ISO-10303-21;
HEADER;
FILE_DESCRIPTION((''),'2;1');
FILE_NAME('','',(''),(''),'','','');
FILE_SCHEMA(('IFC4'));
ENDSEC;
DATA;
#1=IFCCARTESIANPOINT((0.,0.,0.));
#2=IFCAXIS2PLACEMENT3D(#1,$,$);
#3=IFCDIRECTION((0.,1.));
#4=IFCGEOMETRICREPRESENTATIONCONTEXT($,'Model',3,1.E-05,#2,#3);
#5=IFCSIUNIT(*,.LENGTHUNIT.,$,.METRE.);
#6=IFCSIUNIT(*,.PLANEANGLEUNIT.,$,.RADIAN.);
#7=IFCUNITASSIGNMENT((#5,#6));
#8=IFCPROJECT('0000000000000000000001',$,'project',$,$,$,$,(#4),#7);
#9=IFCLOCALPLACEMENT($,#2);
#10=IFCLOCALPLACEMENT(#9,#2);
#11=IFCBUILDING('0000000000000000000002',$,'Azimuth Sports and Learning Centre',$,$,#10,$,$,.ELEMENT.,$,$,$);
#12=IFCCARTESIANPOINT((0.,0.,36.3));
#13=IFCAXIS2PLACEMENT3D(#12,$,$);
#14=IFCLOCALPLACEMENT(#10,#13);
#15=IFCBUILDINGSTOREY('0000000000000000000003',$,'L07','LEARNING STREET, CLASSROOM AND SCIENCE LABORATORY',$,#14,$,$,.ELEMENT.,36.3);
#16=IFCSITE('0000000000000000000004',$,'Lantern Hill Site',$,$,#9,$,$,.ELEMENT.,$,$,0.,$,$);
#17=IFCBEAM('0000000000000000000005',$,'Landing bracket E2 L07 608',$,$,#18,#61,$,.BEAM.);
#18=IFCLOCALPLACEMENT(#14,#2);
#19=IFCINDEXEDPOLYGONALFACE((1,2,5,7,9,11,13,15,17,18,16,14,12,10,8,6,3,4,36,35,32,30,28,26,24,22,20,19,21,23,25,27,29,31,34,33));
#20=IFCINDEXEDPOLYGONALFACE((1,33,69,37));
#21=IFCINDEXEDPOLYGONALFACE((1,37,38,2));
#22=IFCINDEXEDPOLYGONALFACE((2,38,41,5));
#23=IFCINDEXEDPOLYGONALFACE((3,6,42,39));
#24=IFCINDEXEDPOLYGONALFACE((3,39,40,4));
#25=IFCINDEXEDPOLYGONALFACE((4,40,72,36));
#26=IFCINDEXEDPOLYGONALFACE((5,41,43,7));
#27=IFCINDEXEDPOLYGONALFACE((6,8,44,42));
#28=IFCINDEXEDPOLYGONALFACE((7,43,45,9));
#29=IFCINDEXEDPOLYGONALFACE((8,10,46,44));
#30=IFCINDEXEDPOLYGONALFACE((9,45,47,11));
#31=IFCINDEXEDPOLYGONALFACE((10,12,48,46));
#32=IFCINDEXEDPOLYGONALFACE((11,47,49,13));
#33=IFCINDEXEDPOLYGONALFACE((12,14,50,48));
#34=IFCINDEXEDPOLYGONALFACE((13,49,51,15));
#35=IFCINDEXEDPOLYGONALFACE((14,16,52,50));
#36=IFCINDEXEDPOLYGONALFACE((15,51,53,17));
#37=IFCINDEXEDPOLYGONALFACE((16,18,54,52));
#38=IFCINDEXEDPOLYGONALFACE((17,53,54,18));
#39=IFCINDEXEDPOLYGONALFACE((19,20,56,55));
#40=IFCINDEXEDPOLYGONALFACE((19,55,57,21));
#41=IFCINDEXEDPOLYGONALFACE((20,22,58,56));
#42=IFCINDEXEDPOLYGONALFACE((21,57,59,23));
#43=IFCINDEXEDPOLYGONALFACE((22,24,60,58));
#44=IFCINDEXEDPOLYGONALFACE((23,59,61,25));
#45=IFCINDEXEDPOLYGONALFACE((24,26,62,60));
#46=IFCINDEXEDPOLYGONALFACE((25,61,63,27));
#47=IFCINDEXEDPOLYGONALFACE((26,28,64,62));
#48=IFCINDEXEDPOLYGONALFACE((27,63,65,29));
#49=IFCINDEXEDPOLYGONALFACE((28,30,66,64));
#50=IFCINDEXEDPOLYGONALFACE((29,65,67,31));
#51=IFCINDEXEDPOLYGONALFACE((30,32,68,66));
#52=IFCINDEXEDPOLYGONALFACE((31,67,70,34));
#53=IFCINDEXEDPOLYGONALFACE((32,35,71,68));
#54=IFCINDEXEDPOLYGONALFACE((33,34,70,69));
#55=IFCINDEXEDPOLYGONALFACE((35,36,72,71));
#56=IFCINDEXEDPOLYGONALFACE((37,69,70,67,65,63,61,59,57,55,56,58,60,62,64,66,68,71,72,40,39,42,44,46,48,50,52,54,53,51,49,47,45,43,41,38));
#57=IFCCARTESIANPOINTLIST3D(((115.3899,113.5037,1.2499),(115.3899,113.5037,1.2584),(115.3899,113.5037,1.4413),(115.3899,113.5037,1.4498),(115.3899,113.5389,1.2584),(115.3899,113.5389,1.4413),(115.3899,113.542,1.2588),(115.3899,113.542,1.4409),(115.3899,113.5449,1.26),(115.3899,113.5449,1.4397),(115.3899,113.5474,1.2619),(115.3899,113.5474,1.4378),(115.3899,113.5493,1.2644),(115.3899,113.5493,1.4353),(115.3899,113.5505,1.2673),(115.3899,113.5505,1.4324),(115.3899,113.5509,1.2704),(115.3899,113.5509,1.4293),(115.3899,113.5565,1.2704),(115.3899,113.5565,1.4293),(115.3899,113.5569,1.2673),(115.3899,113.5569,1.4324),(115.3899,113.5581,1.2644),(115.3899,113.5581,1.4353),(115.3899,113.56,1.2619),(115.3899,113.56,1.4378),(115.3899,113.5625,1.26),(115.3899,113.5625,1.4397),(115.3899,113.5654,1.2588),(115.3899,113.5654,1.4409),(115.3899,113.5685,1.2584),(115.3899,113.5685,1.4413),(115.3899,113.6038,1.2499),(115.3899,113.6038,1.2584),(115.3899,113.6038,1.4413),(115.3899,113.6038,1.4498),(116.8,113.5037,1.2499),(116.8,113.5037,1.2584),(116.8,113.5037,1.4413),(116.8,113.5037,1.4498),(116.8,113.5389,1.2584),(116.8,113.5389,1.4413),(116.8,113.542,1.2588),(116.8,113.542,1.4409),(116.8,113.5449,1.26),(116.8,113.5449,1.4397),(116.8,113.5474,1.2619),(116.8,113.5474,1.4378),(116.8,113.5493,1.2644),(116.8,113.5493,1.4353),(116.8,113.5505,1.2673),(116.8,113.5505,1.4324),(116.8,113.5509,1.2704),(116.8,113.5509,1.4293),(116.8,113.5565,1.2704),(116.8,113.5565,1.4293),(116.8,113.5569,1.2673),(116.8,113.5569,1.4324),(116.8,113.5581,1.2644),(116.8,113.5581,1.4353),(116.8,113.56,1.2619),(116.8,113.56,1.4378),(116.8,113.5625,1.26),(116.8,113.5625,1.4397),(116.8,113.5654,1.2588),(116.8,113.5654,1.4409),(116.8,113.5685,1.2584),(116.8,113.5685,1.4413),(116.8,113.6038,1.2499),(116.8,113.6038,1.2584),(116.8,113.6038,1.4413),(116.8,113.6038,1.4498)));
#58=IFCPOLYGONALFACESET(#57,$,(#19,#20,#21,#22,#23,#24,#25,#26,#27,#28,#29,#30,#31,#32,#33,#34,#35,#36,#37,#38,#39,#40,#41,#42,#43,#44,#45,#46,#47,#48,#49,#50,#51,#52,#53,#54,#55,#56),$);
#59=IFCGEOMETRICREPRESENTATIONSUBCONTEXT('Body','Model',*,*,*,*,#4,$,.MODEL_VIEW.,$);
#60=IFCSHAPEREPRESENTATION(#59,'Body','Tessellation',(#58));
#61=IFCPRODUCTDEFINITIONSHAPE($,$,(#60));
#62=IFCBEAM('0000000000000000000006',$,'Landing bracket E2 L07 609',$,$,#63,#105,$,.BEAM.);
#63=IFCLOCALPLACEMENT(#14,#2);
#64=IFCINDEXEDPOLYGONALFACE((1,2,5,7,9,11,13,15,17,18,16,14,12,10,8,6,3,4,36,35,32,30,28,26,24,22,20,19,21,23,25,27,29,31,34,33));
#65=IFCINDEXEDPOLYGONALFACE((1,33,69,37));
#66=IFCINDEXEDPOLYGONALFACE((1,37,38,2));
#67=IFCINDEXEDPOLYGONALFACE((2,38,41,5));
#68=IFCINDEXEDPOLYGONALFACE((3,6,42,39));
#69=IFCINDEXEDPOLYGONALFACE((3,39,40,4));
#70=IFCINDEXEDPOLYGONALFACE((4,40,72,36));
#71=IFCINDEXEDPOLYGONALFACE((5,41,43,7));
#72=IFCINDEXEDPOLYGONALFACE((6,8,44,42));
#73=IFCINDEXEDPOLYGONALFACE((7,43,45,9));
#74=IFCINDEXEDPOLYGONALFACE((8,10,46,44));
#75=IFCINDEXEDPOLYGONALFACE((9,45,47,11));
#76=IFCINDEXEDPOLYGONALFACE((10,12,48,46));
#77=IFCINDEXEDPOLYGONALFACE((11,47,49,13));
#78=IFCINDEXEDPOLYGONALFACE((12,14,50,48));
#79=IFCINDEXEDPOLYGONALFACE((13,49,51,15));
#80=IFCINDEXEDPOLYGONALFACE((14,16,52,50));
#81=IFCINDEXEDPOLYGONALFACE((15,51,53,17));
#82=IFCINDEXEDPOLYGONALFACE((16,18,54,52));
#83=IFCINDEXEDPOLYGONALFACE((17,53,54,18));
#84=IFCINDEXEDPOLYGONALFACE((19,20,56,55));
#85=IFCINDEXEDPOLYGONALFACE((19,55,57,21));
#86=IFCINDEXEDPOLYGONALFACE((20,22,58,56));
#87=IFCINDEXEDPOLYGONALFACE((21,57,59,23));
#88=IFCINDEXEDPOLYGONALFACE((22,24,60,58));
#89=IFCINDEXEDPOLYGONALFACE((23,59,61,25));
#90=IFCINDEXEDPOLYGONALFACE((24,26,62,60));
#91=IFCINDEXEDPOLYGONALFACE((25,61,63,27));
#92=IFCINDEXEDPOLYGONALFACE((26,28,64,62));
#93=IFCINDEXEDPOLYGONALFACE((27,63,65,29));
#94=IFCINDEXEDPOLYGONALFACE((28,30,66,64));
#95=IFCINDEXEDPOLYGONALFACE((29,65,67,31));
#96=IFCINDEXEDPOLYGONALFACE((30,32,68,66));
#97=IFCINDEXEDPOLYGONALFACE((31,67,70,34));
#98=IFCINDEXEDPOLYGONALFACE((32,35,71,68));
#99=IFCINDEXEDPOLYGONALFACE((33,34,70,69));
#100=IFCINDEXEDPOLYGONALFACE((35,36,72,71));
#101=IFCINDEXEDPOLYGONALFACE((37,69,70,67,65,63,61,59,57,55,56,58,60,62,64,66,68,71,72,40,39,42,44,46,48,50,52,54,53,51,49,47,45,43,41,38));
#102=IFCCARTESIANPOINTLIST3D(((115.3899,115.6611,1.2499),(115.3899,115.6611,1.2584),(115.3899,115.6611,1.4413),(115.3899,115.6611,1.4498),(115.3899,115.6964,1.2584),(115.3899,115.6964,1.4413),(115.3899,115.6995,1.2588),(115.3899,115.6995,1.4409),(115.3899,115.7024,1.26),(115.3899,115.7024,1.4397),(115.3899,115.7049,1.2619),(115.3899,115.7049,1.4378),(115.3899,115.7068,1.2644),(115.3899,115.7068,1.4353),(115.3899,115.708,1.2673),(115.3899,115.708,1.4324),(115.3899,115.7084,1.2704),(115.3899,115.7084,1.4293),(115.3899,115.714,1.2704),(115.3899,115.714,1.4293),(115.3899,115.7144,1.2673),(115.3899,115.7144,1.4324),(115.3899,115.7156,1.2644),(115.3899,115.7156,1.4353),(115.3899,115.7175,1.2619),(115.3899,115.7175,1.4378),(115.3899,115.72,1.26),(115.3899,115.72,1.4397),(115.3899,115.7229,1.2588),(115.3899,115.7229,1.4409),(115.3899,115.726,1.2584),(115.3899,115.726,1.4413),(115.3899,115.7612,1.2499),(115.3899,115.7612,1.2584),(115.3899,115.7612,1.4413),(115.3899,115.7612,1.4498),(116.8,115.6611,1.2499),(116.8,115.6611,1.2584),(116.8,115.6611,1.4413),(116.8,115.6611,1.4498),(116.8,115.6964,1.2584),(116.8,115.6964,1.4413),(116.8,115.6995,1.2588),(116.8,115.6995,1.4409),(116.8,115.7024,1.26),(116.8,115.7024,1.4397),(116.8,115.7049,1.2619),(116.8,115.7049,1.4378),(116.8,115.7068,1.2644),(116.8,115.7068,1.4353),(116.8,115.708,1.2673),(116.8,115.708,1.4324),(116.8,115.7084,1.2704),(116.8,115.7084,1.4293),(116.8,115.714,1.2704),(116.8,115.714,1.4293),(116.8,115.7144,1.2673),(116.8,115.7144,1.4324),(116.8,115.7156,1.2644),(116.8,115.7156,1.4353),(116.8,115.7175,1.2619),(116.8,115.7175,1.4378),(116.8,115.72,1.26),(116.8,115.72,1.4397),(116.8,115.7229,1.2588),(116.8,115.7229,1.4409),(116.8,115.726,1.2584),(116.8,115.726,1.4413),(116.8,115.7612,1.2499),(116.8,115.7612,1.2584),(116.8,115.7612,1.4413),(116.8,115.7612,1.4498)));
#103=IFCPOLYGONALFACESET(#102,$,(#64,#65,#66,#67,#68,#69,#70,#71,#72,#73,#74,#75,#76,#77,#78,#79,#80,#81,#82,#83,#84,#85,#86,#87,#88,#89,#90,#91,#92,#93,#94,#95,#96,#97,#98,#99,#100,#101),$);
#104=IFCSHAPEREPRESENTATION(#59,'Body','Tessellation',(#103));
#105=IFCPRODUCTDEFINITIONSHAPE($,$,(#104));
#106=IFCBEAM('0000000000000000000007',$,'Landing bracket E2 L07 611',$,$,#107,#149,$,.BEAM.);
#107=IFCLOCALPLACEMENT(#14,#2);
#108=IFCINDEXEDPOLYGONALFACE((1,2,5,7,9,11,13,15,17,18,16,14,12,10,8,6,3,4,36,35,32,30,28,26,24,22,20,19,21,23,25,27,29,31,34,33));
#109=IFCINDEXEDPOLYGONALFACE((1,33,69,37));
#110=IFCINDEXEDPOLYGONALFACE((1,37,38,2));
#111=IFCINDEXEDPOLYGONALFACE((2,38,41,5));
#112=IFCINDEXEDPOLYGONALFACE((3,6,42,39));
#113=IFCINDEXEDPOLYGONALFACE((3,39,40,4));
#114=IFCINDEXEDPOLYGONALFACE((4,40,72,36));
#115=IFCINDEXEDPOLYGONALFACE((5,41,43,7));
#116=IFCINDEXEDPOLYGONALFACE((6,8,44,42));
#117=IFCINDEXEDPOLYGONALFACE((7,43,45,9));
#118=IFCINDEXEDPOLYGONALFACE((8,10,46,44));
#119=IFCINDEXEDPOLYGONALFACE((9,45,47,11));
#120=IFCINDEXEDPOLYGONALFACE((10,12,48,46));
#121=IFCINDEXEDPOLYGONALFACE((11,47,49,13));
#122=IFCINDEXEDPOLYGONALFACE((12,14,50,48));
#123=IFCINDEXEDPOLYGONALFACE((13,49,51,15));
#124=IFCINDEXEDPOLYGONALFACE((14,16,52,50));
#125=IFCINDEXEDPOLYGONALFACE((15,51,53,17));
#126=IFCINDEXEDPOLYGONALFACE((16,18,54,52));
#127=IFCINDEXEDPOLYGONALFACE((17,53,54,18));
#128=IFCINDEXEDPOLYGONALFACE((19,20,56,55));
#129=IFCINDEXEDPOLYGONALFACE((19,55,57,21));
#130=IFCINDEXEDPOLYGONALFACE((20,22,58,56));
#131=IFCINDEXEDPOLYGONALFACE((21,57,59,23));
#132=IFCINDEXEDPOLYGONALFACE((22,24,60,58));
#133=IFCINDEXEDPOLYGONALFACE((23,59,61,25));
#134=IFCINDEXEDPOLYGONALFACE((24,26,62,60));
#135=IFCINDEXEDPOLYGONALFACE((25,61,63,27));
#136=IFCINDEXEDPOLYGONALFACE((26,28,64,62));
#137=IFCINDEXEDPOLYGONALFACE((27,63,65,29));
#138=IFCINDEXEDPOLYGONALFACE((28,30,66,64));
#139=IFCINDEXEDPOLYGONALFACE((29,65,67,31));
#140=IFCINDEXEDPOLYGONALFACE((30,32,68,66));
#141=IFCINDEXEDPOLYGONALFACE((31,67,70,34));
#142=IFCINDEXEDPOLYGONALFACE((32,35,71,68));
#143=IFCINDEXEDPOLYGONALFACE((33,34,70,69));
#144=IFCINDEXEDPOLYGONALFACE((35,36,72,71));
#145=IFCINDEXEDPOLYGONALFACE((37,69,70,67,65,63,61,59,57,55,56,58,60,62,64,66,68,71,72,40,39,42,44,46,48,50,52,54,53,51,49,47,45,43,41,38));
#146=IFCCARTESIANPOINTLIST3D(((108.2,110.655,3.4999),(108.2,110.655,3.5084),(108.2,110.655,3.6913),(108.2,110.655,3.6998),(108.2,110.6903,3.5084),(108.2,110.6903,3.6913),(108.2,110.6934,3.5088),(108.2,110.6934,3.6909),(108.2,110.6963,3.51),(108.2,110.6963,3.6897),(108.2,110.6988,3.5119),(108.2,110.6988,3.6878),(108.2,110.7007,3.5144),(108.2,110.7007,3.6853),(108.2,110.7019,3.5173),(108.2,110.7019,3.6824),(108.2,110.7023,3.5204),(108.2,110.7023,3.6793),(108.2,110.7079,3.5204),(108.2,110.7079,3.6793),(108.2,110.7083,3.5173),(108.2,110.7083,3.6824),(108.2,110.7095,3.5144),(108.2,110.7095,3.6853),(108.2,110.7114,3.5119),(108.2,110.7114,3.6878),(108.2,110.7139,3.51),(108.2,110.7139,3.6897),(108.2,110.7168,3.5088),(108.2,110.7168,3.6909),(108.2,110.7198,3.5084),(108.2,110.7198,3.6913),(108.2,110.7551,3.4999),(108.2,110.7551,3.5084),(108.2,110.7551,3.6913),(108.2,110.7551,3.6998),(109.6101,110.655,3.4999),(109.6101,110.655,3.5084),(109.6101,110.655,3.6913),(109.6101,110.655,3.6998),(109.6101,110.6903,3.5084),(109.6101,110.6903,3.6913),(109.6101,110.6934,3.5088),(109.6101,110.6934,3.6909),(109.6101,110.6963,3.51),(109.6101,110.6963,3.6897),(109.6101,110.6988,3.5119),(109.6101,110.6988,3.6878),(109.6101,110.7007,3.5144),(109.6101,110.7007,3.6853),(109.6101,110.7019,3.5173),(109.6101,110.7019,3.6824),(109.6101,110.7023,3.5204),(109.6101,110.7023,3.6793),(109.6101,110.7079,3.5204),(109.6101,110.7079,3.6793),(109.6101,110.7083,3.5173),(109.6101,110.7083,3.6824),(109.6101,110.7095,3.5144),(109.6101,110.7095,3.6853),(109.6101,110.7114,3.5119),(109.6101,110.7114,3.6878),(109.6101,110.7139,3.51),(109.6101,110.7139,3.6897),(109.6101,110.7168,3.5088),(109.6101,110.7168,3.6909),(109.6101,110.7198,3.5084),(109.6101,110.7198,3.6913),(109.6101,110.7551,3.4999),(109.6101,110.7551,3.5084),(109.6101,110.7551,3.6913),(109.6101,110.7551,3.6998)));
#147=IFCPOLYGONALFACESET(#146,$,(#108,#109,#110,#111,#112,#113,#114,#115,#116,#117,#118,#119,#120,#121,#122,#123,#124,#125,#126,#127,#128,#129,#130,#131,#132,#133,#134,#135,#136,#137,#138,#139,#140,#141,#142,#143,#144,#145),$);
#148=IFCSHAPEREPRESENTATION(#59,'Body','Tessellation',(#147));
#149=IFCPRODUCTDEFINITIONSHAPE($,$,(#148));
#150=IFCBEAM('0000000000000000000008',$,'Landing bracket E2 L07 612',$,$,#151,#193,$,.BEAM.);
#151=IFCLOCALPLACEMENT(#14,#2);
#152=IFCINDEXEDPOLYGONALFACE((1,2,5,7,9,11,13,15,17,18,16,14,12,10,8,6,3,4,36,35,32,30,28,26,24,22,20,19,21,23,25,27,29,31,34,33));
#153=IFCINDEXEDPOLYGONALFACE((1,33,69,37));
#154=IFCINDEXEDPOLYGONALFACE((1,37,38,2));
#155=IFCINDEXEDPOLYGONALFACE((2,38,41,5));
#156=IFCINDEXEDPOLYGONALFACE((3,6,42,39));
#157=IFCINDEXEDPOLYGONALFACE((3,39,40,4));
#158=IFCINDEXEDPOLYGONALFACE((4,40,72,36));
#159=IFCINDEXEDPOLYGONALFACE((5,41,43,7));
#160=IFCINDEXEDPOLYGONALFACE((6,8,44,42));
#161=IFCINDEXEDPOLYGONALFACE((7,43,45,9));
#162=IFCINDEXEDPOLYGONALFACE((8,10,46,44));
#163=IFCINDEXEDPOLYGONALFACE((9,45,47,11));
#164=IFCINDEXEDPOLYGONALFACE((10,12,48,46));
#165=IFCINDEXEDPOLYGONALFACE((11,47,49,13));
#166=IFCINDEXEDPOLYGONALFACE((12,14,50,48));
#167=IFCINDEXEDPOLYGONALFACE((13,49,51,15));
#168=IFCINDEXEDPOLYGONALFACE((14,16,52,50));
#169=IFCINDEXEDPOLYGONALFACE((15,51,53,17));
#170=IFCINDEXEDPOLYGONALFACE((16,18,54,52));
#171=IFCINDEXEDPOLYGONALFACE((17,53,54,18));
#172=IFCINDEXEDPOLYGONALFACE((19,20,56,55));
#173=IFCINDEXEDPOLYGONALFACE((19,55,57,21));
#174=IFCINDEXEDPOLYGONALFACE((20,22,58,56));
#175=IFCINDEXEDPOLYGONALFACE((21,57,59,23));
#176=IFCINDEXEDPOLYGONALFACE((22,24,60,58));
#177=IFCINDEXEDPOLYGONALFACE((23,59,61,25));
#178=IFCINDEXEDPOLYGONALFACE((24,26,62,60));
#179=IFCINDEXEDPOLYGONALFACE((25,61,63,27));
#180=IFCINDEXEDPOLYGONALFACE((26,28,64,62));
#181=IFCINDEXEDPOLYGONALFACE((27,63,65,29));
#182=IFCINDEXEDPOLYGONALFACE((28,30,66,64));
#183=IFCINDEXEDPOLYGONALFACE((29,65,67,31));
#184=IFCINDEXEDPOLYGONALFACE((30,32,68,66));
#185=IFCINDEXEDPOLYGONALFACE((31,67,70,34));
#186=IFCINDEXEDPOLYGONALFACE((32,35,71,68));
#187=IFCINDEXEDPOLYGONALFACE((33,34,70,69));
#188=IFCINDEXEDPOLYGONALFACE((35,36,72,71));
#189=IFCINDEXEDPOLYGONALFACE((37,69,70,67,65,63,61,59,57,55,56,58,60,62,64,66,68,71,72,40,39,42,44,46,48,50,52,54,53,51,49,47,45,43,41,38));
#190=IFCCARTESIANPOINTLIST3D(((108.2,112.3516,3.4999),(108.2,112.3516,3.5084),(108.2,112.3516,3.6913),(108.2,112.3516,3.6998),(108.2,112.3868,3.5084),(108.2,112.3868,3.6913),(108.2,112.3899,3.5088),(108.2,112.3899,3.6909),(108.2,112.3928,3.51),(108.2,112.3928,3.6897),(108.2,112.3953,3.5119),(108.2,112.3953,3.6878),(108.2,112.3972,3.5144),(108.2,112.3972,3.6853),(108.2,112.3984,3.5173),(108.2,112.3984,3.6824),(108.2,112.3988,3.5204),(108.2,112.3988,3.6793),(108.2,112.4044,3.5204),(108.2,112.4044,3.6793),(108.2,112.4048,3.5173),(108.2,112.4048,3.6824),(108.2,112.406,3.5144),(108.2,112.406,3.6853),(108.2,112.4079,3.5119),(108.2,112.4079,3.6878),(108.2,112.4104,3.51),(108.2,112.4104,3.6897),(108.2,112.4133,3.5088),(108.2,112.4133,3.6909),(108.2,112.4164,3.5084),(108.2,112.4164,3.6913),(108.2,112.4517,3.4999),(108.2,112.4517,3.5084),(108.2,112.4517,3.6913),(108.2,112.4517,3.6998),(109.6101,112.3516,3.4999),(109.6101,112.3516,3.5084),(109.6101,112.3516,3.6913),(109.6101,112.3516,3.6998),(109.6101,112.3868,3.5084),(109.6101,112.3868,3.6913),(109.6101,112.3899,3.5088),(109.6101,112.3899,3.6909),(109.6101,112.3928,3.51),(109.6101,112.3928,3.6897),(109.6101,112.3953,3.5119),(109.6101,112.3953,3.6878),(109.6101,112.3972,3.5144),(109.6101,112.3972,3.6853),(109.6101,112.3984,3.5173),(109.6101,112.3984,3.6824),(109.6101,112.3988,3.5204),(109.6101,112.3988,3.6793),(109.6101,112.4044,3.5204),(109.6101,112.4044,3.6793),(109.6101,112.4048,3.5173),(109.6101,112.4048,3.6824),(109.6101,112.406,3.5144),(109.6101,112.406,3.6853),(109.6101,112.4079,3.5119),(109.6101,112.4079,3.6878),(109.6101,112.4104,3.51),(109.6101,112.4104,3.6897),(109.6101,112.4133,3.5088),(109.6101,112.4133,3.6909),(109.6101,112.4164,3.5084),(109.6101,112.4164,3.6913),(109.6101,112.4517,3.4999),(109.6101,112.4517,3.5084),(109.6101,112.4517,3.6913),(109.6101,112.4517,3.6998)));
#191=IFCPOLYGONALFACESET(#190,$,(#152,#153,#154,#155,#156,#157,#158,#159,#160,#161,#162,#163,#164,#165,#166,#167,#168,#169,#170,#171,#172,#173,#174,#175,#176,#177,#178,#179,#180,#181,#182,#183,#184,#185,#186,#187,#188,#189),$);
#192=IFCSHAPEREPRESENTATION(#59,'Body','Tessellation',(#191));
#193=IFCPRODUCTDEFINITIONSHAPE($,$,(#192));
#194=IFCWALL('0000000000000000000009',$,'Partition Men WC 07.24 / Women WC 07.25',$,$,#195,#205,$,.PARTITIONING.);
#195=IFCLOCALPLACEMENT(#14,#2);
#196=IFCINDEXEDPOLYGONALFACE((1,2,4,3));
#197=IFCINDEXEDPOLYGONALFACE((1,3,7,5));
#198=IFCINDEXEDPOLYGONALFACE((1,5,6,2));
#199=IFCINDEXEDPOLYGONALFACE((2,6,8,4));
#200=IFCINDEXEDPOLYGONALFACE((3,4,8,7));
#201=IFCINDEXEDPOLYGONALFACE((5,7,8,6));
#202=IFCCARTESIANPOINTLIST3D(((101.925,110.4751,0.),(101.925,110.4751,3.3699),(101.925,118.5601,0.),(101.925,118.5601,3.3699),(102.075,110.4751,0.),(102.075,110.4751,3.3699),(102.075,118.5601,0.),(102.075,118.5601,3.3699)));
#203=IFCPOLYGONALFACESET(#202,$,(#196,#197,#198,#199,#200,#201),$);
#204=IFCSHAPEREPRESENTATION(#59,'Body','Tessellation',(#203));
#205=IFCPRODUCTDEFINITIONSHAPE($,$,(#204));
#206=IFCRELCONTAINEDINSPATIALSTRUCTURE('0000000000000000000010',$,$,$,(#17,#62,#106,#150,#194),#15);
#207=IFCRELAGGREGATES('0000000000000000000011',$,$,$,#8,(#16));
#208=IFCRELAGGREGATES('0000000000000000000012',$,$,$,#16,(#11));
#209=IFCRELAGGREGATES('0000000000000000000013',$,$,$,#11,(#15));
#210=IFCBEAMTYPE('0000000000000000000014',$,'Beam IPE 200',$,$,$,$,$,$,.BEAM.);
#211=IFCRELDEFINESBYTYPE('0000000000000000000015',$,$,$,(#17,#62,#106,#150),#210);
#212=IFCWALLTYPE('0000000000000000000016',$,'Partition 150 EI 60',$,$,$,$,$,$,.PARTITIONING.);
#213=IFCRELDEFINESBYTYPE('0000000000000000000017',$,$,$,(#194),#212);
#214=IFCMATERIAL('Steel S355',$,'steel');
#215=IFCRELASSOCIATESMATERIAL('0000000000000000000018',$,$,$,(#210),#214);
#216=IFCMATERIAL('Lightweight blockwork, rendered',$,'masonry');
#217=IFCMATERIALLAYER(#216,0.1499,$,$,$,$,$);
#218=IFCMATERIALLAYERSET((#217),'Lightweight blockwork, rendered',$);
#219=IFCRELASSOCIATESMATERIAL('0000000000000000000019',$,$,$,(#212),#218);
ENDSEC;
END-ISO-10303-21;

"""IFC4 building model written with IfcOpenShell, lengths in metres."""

from ifc_helpers import new_model, si_unit, direction, frame, frame_2d, origin, origin_2d, place, context, subcontext, project, spatial, rectangle, i_section, extrude, material, layer, layer_set, material_profile, profile_set, type_object, element, save


model = new_model("IFC4")

# Units and contexts
model_context = context("Model", 3, precision=1e-05, world=origin(), true_north=direction((0.0, 1.0)))
body_context = subcontext(model_context, "Body", "Model", "MODEL_VIEW")
ifc_project = project(units=[si_unit("LENGTHUNIT", "METRE"), si_unit("PLANEANGLEUNIT", "RADIAN")], contexts=[model_context])

# Site, building, storey
site_placement = place(None, origin())
site = spatial("IfcSite", under=ifc_project, at=site_placement, Name="Lantern Hill Site", CompositionType="ELEMENT", RefElevation=0.0)
building_placement = place(site_placement, origin())
building = spatial("IfcBuilding", under=site, at=building_placement, Name="Azimuth Sports and Learning Centre", CompositionType="ELEMENT")
storey_placement = place(building_placement, frame((0.0, 0.0, 36.3)))
storey = spatial("IfcBuildingStorey", under=building, at=storey_placement, Name="L07", Description="LEARNING STREET, CLASSROOM AND SCIENCE LABORATORY", CompositionType="ELEMENT", Elevation=36.3)

# Beams
ifc_material_1 = material(Name="Steel S355", Category="steel")
ifc_material_profile = material_profile(ifc_material_1, i_section(OverallWidth=0.1001, OverallDepth=0.2, WebThickness=0.0056, FlangeThickness=0.0085, FilletRadius=0.012, at=origin_2d()), Name="IPE 200")
ifc_profile_set = profile_set([ifc_material_profile], Name="Steel S355")
beam_type = type_object("IfcBeamType", Name="Beam IPE 200", PredefinedType="BEAM", material=ifc_profile_set)
for number, where, z_axis, x_axis, name in (
    (1, (116.8, 113.5537, 1.3499), (-1.0, 0.0, 0.0), (0.0, -1.0, 0.0), "Landing bracket E2 L07 608"),
    (2, (116.8, 115.7112, 1.3499), (-1.0, 0.0, 0.0), (0.0, -1.0, 0.0), "Landing bracket E2 L07 609"),
    (3, (108.2, 110.7051, 3.5999), (1.0, 0.0, 0.0), (0.0, 1.0, 0.0), "Landing bracket E2 L07 611"),
    (4, (108.2, 112.4016, 3.5999), (1.0, 0.0, 0.0), (0.0, 1.0, 0.0), "Landing bracket E2 L07 612"),
):
    element("IfcBeam", number, at=place(storey_placement, frame(where, z_axis=z_axis, x_axis=x_axis)), inside=storey, type_object=beam_type, Name=name, PredefinedType="BEAM", context=body_context, shape_type="SweptSolid", body=[
        extrude(i_section(OverallWidth=0.1001, OverallDepth=0.2, WebThickness=0.0056, FlangeThickness=0.0085, FilletRadius=0.012, at=origin_2d()), origin(), (0.0, 0.0, 1.0), 1.4102),
    ])

# Wall
ifc_material_2 = material(Name="Lightweight blockwork, rendered", Category="masonry")
ifc_layer_1 = layer(ifc_material_2, 0.1499)
ifc_layer_set_1 = layer_set([ifc_layer_1], Name="Lightweight blockwork, rendered")
wall_type_1 = type_object("IfcWallType", Name="Partition 150 EI 60", PredefinedType="PARTITIONING", material=ifc_layer_set_1)
wall_1_placement = place(storey_placement, frame((102.0, 110.4751, 0.0), z_axis=(0.0, 0.0, 1.0), x_axis=(0.0, 1.0, 0.0)))
element("IfcWall", 5, at=wall_1_placement, inside=storey, type_object=wall_type_1, Name="Partition Men WC 07.24 / Women WC 07.25", PredefinedType="PARTITIONING", context=body_context, shape_type="SweptSolid", body=[
    extrude(rectangle(XDim=8.085, YDim=0.1499, at=frame_2d((4.0425, 0.0))), origin(), (0.0, 0.0, 1.0), 3.3699),
])

save(model, "model.ifc")
